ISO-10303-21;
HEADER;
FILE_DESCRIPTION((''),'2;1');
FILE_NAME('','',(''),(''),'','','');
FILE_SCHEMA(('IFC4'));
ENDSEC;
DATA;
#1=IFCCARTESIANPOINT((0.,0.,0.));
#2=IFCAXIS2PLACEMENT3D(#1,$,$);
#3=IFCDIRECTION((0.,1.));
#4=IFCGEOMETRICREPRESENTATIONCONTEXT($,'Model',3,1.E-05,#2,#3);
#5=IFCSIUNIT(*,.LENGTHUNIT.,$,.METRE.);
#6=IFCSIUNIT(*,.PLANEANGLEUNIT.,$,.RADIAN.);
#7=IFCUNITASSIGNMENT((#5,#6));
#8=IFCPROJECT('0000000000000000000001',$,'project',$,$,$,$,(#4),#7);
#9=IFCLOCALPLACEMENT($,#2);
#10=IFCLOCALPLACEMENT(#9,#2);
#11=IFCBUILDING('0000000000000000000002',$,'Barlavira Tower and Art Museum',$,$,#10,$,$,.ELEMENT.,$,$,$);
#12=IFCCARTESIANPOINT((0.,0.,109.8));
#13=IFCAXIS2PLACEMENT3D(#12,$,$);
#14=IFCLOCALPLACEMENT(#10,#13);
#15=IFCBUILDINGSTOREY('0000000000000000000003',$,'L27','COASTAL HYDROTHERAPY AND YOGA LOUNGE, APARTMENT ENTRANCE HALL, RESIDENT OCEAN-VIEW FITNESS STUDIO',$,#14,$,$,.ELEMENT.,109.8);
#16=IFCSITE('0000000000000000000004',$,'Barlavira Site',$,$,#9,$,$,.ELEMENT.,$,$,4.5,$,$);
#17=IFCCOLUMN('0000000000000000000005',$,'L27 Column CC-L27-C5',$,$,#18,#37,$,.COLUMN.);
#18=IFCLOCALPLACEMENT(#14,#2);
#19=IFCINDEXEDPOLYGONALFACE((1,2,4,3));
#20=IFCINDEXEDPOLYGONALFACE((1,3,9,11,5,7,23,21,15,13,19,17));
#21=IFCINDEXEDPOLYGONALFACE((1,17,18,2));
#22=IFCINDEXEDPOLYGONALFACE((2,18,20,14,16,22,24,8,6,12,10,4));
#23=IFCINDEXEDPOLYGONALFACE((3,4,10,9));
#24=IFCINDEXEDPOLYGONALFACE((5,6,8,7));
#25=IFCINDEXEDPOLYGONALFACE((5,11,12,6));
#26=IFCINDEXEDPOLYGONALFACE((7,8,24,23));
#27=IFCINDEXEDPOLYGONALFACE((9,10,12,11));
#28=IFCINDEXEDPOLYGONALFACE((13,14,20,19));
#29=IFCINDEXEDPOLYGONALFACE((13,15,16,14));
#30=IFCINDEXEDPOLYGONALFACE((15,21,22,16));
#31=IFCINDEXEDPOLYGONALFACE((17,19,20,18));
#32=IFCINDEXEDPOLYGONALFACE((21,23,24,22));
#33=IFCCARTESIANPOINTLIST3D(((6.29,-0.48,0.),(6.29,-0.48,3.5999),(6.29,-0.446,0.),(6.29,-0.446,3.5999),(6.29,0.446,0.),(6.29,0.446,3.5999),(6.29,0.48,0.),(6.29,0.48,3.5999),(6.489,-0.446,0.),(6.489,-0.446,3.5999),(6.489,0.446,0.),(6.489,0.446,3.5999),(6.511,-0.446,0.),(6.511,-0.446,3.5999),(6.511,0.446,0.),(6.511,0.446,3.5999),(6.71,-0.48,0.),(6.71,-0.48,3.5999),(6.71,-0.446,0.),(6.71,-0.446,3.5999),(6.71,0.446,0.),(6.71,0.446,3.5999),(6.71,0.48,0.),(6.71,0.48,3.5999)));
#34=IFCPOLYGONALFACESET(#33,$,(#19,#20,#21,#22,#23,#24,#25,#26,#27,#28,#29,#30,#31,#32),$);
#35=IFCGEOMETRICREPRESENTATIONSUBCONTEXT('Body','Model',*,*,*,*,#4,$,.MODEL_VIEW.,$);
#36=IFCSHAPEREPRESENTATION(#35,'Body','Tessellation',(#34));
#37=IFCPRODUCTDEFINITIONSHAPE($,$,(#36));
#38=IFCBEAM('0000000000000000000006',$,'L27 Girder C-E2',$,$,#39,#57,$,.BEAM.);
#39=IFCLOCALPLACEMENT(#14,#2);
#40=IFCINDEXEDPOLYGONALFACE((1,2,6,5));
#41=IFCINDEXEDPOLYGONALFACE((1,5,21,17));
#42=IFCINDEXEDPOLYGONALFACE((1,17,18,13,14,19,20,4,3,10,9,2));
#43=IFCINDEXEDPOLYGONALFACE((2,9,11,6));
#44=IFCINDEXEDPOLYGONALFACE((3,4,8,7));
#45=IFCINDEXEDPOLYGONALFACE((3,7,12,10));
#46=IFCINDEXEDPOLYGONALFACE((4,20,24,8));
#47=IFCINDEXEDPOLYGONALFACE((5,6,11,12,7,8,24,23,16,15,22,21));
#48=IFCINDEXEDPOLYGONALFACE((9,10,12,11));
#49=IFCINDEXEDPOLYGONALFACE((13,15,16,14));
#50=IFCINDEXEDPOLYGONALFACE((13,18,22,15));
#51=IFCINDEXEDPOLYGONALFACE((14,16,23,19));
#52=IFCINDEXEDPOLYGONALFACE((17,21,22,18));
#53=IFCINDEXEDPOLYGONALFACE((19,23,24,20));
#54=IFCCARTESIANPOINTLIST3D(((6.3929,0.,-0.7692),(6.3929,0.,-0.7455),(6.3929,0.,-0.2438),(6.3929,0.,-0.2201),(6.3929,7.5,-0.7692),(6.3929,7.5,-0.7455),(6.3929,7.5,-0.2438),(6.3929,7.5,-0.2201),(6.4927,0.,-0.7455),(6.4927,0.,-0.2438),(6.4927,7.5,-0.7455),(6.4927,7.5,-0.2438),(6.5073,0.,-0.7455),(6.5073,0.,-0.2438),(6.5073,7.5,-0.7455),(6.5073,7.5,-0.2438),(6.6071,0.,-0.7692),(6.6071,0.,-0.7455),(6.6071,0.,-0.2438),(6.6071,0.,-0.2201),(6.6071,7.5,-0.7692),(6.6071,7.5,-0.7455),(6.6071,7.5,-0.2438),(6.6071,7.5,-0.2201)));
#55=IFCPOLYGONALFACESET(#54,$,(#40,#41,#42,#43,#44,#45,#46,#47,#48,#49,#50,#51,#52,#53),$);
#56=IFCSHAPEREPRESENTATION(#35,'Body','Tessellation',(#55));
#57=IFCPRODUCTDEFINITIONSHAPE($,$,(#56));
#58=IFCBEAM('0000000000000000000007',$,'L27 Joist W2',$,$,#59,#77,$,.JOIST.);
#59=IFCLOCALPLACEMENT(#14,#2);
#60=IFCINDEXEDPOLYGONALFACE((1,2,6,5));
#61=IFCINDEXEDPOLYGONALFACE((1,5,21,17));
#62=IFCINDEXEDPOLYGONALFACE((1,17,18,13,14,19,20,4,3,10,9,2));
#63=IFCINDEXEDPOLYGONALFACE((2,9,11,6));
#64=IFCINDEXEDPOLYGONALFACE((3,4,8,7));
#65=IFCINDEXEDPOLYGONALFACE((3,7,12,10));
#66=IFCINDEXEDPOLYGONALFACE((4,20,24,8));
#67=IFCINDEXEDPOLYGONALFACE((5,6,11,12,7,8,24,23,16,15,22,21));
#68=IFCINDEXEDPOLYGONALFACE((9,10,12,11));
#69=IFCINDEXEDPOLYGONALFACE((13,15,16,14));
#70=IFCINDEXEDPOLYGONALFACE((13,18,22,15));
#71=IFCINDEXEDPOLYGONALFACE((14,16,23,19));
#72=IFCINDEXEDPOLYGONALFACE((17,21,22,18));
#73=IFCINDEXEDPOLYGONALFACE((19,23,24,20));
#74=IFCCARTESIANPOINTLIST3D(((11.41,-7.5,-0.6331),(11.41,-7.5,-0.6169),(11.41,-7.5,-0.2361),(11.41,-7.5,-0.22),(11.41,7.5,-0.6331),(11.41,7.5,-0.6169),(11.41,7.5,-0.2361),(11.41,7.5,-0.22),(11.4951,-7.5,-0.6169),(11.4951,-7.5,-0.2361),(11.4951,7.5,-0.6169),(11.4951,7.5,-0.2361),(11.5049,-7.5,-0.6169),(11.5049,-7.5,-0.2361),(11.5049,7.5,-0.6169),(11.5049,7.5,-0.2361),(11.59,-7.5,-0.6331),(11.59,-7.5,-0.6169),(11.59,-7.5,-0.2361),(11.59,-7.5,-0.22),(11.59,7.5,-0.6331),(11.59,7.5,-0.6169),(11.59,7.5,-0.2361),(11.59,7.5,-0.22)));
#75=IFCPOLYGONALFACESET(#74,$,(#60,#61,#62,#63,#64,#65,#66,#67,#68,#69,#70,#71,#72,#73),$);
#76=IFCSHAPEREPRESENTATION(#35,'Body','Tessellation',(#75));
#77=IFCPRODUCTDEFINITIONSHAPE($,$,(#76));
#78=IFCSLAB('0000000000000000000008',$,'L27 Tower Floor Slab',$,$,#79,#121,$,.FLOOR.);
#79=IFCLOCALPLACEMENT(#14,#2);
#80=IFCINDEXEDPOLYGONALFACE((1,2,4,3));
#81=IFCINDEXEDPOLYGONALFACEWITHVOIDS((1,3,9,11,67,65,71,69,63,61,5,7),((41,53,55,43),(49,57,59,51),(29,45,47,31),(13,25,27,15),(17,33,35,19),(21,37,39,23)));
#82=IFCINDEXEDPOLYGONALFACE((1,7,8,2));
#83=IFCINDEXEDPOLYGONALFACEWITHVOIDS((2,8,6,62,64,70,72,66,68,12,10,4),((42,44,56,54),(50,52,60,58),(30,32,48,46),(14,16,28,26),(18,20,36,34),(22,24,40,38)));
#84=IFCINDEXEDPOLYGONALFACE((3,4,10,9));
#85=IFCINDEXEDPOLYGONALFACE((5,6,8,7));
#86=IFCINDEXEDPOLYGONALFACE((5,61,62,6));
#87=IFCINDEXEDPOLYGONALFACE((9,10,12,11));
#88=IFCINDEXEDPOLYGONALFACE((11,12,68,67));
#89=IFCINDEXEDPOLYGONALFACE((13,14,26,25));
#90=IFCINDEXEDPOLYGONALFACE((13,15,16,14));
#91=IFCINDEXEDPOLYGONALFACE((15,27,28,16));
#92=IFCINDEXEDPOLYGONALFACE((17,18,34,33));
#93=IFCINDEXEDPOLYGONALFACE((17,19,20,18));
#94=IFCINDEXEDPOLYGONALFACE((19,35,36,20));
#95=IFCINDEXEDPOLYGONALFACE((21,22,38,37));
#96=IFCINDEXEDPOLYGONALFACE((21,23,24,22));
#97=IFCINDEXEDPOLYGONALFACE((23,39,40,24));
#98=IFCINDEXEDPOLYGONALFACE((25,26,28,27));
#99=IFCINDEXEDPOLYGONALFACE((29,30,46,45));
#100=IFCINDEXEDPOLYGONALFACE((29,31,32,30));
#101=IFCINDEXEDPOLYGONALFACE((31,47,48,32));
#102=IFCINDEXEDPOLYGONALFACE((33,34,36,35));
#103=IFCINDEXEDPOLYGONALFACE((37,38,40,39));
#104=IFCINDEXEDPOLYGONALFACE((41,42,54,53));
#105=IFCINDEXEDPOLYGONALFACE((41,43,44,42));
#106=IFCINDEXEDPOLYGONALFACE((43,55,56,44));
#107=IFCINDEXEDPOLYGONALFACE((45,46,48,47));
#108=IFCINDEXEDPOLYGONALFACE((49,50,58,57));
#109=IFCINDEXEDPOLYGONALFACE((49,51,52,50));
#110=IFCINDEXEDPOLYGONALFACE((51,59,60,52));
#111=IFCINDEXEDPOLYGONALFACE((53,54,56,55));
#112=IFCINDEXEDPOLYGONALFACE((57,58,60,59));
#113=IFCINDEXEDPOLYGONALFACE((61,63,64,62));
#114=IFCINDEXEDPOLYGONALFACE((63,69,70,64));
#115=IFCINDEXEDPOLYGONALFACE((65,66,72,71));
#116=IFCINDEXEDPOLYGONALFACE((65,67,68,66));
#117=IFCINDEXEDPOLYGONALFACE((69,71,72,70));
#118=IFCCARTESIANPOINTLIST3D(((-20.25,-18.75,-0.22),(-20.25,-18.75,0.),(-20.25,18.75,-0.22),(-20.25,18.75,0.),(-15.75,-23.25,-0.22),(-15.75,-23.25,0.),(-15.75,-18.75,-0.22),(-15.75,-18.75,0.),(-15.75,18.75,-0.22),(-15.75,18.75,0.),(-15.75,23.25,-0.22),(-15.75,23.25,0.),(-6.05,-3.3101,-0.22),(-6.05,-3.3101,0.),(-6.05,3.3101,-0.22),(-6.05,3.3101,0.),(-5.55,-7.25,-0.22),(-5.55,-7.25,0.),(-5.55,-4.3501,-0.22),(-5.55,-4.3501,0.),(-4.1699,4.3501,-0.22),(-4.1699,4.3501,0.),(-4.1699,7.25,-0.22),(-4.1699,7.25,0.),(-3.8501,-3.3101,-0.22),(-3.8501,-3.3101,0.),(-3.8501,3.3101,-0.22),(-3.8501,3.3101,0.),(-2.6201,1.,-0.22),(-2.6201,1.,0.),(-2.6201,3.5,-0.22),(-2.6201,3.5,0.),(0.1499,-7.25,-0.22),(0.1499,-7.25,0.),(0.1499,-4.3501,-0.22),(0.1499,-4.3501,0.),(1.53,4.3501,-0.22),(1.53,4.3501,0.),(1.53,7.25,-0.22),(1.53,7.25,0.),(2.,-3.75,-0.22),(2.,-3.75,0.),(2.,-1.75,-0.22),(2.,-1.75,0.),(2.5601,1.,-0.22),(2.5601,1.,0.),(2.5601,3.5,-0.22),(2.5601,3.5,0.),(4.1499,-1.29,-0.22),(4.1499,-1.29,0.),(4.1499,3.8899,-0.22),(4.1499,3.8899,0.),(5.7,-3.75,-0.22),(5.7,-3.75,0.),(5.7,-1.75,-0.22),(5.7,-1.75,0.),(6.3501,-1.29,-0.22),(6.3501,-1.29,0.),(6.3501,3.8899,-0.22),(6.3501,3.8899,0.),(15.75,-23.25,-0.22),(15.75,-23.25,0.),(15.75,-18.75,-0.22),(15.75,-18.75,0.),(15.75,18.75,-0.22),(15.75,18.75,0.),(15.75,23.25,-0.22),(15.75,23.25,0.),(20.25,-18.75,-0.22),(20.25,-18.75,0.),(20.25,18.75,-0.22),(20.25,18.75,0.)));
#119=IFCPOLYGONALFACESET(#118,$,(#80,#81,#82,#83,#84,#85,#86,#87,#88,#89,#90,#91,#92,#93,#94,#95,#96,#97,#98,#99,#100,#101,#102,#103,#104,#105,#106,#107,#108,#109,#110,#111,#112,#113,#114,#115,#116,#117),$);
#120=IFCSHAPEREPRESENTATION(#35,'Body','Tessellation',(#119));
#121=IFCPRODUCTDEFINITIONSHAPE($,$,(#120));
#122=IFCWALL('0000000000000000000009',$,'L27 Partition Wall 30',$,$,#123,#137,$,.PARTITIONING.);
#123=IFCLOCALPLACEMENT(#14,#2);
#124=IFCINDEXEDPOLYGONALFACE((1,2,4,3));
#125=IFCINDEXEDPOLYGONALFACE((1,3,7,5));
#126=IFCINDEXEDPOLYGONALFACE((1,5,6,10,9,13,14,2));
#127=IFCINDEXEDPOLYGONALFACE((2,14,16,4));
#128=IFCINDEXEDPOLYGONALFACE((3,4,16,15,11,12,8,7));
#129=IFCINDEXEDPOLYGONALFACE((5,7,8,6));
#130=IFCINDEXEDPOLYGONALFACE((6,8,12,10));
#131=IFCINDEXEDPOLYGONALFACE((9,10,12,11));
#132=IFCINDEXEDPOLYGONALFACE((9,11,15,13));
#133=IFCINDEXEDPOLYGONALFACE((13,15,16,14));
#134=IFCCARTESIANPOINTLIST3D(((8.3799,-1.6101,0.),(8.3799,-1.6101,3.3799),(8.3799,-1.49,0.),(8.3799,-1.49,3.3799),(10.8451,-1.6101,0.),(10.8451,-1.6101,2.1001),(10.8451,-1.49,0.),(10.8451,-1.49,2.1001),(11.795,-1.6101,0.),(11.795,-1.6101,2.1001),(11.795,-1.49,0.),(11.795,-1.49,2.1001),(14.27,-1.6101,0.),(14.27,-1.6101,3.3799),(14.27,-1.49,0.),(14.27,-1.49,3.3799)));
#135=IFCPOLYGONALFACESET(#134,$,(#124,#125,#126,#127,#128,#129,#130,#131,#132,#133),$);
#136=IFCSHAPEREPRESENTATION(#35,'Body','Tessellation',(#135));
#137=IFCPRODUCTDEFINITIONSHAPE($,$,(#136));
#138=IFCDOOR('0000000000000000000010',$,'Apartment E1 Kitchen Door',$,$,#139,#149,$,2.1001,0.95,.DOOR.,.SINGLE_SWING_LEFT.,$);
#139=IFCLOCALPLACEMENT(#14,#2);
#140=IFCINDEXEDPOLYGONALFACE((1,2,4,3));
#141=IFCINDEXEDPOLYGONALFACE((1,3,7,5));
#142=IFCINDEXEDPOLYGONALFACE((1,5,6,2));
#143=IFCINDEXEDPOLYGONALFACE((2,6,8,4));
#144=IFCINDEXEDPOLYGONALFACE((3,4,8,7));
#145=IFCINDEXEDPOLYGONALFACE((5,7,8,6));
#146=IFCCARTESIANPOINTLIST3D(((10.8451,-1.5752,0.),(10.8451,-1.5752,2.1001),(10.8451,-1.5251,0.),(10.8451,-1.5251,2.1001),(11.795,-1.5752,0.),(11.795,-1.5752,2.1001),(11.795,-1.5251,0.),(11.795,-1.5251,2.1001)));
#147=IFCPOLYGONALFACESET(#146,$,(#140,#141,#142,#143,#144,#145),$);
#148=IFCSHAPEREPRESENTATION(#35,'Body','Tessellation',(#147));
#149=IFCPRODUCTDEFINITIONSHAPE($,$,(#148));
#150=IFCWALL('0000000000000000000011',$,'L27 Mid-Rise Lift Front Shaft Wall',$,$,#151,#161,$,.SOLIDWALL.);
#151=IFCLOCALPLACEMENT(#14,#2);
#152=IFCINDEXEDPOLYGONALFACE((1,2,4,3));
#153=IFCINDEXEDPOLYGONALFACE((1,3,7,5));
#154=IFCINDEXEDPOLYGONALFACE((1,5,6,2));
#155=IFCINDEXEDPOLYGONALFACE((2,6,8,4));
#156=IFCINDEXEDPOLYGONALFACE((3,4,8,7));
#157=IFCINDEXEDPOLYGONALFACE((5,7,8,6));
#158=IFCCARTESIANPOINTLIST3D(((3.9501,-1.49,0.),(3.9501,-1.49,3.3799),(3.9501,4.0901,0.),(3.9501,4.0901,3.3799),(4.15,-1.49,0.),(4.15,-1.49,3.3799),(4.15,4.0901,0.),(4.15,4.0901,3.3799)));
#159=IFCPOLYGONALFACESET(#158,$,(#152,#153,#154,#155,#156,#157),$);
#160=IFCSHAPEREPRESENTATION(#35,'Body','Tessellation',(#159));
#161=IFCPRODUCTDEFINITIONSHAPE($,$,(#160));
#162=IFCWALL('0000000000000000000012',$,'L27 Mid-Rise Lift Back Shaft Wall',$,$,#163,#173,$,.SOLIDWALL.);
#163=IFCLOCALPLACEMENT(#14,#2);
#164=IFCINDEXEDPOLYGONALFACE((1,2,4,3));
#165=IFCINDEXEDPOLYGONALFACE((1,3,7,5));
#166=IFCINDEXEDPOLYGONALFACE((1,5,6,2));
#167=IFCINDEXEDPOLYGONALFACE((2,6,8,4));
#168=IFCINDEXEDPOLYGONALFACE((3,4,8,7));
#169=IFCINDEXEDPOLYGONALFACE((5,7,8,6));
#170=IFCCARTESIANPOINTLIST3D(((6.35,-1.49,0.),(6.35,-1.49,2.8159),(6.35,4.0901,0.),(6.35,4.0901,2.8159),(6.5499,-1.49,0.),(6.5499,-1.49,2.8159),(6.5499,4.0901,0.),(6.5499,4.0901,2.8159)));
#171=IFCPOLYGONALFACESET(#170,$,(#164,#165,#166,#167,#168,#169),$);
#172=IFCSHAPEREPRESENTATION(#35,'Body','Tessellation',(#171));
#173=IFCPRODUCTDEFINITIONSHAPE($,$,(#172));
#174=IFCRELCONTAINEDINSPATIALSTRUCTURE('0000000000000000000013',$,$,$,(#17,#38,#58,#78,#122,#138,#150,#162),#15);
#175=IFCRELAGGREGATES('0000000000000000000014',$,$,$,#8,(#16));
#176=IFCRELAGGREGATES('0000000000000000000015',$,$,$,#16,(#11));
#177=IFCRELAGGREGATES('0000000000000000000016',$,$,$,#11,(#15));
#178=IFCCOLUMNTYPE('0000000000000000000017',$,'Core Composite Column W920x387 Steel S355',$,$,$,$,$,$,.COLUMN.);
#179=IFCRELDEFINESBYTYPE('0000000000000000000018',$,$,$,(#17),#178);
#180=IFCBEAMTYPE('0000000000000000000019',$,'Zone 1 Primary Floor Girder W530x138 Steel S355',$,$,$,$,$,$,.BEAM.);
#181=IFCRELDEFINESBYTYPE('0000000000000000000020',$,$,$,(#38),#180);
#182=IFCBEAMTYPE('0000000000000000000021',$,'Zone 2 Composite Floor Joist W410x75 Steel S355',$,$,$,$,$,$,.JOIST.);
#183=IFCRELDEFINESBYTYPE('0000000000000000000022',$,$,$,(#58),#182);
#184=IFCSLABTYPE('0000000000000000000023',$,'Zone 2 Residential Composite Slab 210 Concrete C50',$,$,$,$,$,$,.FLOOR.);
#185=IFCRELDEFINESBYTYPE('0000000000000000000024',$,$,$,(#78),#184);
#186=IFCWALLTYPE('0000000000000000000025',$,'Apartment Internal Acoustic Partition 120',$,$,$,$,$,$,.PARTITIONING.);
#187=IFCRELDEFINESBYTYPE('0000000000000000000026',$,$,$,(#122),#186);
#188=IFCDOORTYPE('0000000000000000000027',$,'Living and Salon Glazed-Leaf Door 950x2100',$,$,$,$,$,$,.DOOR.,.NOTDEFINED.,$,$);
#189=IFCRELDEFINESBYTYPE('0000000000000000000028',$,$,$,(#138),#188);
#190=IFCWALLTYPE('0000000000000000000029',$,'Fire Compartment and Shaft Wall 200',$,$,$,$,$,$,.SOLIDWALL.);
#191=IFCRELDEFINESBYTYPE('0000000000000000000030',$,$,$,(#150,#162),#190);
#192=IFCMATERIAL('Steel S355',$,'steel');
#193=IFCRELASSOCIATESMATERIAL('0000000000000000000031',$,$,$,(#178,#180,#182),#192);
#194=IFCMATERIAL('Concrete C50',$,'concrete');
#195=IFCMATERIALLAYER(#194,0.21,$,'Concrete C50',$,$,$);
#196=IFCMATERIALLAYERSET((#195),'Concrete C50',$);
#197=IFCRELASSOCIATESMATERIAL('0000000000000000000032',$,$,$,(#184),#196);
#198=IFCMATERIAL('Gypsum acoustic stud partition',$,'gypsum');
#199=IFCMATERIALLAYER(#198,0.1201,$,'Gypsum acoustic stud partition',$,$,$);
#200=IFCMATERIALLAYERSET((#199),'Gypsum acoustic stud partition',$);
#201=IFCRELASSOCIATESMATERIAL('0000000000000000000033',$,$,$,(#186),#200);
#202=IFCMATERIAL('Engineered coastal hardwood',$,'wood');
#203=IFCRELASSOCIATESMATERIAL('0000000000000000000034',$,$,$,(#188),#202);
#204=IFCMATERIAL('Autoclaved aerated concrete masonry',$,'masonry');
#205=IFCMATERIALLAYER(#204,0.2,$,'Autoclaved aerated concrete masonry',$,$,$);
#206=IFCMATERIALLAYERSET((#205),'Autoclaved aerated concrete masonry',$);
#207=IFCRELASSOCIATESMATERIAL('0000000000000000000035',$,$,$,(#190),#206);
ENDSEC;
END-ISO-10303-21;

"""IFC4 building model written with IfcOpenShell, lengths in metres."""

from ifc_helpers import new_model, si_unit, direction, frame, frame_2d, origin, origin_2d, place, context, subcontext, project, spatial, polyline, rectangle, i_section, outline, extrude, material, layer, layer_set, material_profile, profile_set, type_object, element, fill, save


model = new_model("IFC4")

# Units and contexts
model_context = context("Model", 3, precision=1e-05, world=origin(), true_north=direction((0.0, 1.0)))
body_context = subcontext(model_context, "Body", "Model", "MODEL_VIEW")
ifc_project = project(units=[si_unit("LENGTHUNIT", "METRE"), si_unit("PLANEANGLEUNIT", "RADIAN")], contexts=[model_context])

# Site, building, storey
site_placement = place(None, origin())
site = spatial("IfcSite", under=ifc_project, at=site_placement, Name="Barlavira Site", CompositionType="ELEMENT", RefElevation=4.5)
building_placement = place(site_placement, origin())
building = spatial("IfcBuilding", under=site, at=building_placement, Name="Barlavira Tower and Art Museum", CompositionType="ELEMENT")
storey_placement = place(building_placement, frame((0.0, 0.0, 109.8)))
storey = spatial("IfcBuildingStorey", under=building, at=storey_placement, Name="L27", Description="COASTAL HYDROTHERAPY AND YOGA LOUNGE, APARTMENT ENTRANCE HALL, RESIDENT OCEAN-VIEW FITNESS STUDIO", CompositionType="ELEMENT", Elevation=109.8)

# Column
ifc_material_1 = material(Name="Steel S355", Category="steel")
ifc_material_profile_1 = material_profile(ifc_material_1, i_section(OverallWidth=0.4199, OverallDepth=0.96, WebThickness=0.022, FlangeThickness=0.0339, at=origin_2d()), Name="W920x387.0")
ifc_profile_set_1 = profile_set([ifc_material_profile_1], Name="Steel S355")
column_type = type_object("IfcColumnType", Name="Core Composite Column W920x387 Steel S355", PredefinedType="COLUMN", material=ifc_profile_set_1)
column_placement = place(storey_placement, frame((6.5, 0.0, 0.0), z_axis=(0.0, 0.0, 1.0), x_axis=(1.0, 0.0, 0.0)))
element("IfcColumn", 1, at=column_placement, inside=storey, type_object=column_type, Name="L27 Column CC-L27-C5", PredefinedType="COLUMN", context=body_context, shape_type="SweptSolid", body=[
    extrude(i_section(OverallWidth=0.4199, OverallDepth=0.96, WebThickness=0.022, FlangeThickness=0.0339, at=origin_2d()), origin(), (0.0, 0.0, 1.0), 3.5999),
])

# Beams
ifc_material_profile_2 = material_profile(ifc_material_1, i_section(OverallWidth=0.2141, OverallDepth=0.5491, WebThickness=0.0146, FlangeThickness=0.0237, at=origin_2d()), Name="W530x138.0")
ifc_profile_set_2 = profile_set([ifc_material_profile_2], Name="Steel S355")
beam_type_1 = type_object("IfcBeamType", Name="Zone 1 Primary Floor Girder W530x138 Steel S355", PredefinedType="BEAM", material=ifc_profile_set_2)
beam_1_placement = place(storey_placement, frame((6.5, 0.0, -0.4946), z_axis=(0.0, 1.0, 0.0), x_axis=(-1.0, 0.0, 0.0)))
element("IfcBeam", 2, at=beam_1_placement, inside=storey, type_object=beam_type_1, Name="L27 Girder C-E2", PredefinedType="BEAM", context=body_context, shape_type="SweptSolid", body=[
    extrude(i_section(OverallWidth=0.2141, OverallDepth=0.5491, WebThickness=0.0146, FlangeThickness=0.0237, at=origin_2d()), origin(), (0.0, 0.0, 1.0), 7.5),
])
ifc_material_profile_3 = material_profile(ifc_material_1, i_section(OverallWidth=0.1799, OverallDepth=0.4131, WebThickness=0.0098, FlangeThickness=0.0161, at=origin_2d()), Name="W410x75.0")
ifc_profile_set_3 = profile_set([ifc_material_profile_3], Name="Steel S355")
beam_type_2 = type_object("IfcBeamType", Name="Zone 2 Composite Floor Joist W410x75 Steel S355", PredefinedType="JOIST", material=ifc_profile_set_3)
beam_2_placement = place(storey_placement, frame((11.5, -7.5, -0.4265), z_axis=(0.0, 1.0, 0.0), x_axis=(-1.0, 0.0, 0.0)))
element("IfcBeam", 3, at=beam_2_placement, inside=storey, type_object=beam_type_2, Name="L27 Joist W2", PredefinedType="JOIST", context=body_context, shape_type="SweptSolid", body=[
    extrude(i_section(OverallWidth=0.1799, OverallDepth=0.4131, WebThickness=0.0098, FlangeThickness=0.0161, at=origin_2d()), origin(), (0.0, 0.0, 1.0), 15.0),
])

# Slab
ifc_material_2 = material(Name="Concrete C50", Category="concrete")
ifc_layer_1 = layer(ifc_material_2, 0.21, Name="Concrete C50")
ifc_layer_set_1 = layer_set([ifc_layer_1], Name="Concrete C50")
slab_type = type_object("IfcSlabType", Name="Zone 2 Residential Composite Slab 210 Concrete C50", PredefinedType="FLOOR", material=ifc_layer_set_1)
slab_placement = place(storey_placement, frame((0.0, 0.0, -0.22)))
element("IfcSlab", 4, at=slab_placement, inside=storey, type_object=slab_type, Name="L27 Tower Floor Slab", PredefinedType="FLOOR", context=body_context, shape_type="SweptSolid", body=[
    extrude(outline(polyline([(-15.75, -23.25), (15.75, -23.25), (15.75, -18.75), (20.25, -18.75), (20.25, 18.75), (15.75, 18.75), (15.75, 23.25), (-15.75, 23.25), (-15.75, 18.75), (-20.25, 18.75), (-20.25, -18.75), (-15.75, -18.75), (-15.75, -23.25)]), holes=[polyline([(0.1499, -4.3501), (-5.55, -4.3501), (-5.55, -7.25), (0.1499, -7.25), (0.1499, -4.3501)]), polyline([(-4.1699, 4.3501), (1.53, 4.3501), (1.53, 7.25), (-4.1699, 7.25), (-4.1699, 4.3501)]), polyline([(-6.05, -3.3101), (-3.8501, -3.3101), (-3.8501, 3.3101), (-6.05, 3.3101), (-6.05, -3.3101)]), polyline([(4.1499, -1.29), (6.3501, -1.29), (6.3501, 3.8899), (4.1499, 3.8899), (4.1499, -1.29)]), polyline([(-2.6201, 1.0), (2.5601, 1.0), (2.5601, 3.5), (-2.6201, 3.5), (-2.6201, 1.0)]), polyline([(2.0, -3.75), (5.7, -3.75), (5.7, -1.75), (2.0, -1.75), (2.0, -3.75)])]), origin(), (0.0, 0.0, 1.0), 0.22),
])

# Wall, opening, door
ifc_material_3 = material(Name="Gypsum acoustic stud partition", Category="gypsum")
ifc_layer_2 = layer(ifc_material_3, 0.1201, Name="Gypsum acoustic stud partition")
ifc_layer_set_2 = layer_set([ifc_layer_2], Name="Gypsum acoustic stud partition")
wall_type_1 = type_object("IfcWallType", Name="Apartment Internal Acoustic Partition 120", PredefinedType="PARTITIONING", material=ifc_layer_set_2)
wall_1_placement = place(storey_placement, frame((8.3799, -1.55, 0.0), z_axis=(0.0, 0.0, 1.0), x_axis=(1.0, 0.0, 0.0)))
wall_1 = element("IfcWall", 5, at=wall_1_placement, inside=storey, type_object=wall_type_1, Name="L27 Partition Wall 30", PredefinedType="PARTITIONING", context=body_context, shape_type="SweptSolid", body=[
    extrude(rectangle(XDim=5.8901, YDim=0.1201, at=frame_2d((2.9451, 0.0))), origin(), (0.0, 0.0, 1.0), 3.3799),
])
opening_1_placement = place(wall_1_placement, frame((2.4651, 0.0, 0.0)))
opening_1 = element("IfcOpeningElement", 6, at=opening_1_placement, cuts=wall_1, PredefinedType="OPENING", context=body_context, shape_type="SweptSolid", body=[
    extrude(rectangle(XDim=0.95, YDim=2.1001, at=frame_2d((0.4751, 1.05))), frame((0.0, 0.0701, 0.0), z_axis=(0.0, -1.0, 0.0), x_axis=(1.0, 0.0, 0.0)), (0.0, 0.0, 1.0), 0.1401),
])
ifc_material_4 = material(Name="Engineered coastal hardwood", Category="wood")
door_type_1 = type_object("IfcDoorType", Name="Living and Salon Glazed-Leaf Door 950x2100", OperationType="NOTDEFINED", PredefinedType="DOOR", material=ifc_material_4)
door_1_placement = place(opening_1_placement, origin())
door_1 = element("IfcDoor", 7, at=door_1_placement, inside=storey, type_object=door_type_1, Name="Apartment E1 Kitchen Door", OperationType="SINGLE_SWING_LEFT", OverallHeight=2.1001, OverallWidth=0.95, PredefinedType="DOOR", context=body_context, shape_type="SweptSolid", body=[
    extrude(rectangle(XDim=0.95, YDim=2.1001, at=frame_2d((0.4751, 1.05))), frame((0.0, 0.0249, 0.0), z_axis=(0.0, -1.0, 0.0), x_axis=(1.0, 0.0, 0.0)), (0.0, 0.0, 1.0), 0.05),
])
fill(opening_1, door_1)

# Walls
ifc_material_5 = material(Name="Autoclaved aerated concrete masonry", Category="masonry")
ifc_layer_3 = layer(ifc_material_5, 0.2, Name="Autoclaved aerated concrete masonry")
ifc_layer_set_3 = layer_set([ifc_layer_3], Name="Autoclaved aerated concrete masonry")
wall_type_2 = type_object("IfcWallType", Name="Fire Compartment and Shaft Wall 200", PredefinedType="SOLIDWALL", material=ifc_layer_set_3)
wall_2_placement = place(storey_placement, frame((4.05, -1.49, 0.0), z_axis=(0.0, 0.0, 1.0), x_axis=(0.0, 1.0, 0.0)))
element("IfcWall", 8, at=wall_2_placement, inside=storey, type_object=wall_type_2, Name="L27 Mid-Rise Lift Front Shaft Wall", PredefinedType="SOLIDWALL", context=body_context, shape_type="SweptSolid", body=[
    extrude(rectangle(XDim=5.5801, YDim=0.2, at=frame_2d((2.79, 0.0))), origin(), (0.0, 0.0, 1.0), 3.3799),
])
wall_3_placement = place(storey_placement, frame((6.45, -1.49, 0.0), z_axis=(0.0, 0.0, 1.0), x_axis=(0.0, 1.0, 0.0)))
element("IfcWall", 9, at=wall_3_placement, inside=storey, type_object=wall_type_2, Name="L27 Mid-Rise Lift Back Shaft Wall", PredefinedType="SOLIDWALL", context=body_context, shape_type="SweptSolid", body=[
    extrude(rectangle(XDim=5.5801, YDim=0.2, at=frame_2d((2.79, 0.0))), origin(), (0.0, 0.0, 1.0), 2.8159),
])

save(model, "model.ifc")
